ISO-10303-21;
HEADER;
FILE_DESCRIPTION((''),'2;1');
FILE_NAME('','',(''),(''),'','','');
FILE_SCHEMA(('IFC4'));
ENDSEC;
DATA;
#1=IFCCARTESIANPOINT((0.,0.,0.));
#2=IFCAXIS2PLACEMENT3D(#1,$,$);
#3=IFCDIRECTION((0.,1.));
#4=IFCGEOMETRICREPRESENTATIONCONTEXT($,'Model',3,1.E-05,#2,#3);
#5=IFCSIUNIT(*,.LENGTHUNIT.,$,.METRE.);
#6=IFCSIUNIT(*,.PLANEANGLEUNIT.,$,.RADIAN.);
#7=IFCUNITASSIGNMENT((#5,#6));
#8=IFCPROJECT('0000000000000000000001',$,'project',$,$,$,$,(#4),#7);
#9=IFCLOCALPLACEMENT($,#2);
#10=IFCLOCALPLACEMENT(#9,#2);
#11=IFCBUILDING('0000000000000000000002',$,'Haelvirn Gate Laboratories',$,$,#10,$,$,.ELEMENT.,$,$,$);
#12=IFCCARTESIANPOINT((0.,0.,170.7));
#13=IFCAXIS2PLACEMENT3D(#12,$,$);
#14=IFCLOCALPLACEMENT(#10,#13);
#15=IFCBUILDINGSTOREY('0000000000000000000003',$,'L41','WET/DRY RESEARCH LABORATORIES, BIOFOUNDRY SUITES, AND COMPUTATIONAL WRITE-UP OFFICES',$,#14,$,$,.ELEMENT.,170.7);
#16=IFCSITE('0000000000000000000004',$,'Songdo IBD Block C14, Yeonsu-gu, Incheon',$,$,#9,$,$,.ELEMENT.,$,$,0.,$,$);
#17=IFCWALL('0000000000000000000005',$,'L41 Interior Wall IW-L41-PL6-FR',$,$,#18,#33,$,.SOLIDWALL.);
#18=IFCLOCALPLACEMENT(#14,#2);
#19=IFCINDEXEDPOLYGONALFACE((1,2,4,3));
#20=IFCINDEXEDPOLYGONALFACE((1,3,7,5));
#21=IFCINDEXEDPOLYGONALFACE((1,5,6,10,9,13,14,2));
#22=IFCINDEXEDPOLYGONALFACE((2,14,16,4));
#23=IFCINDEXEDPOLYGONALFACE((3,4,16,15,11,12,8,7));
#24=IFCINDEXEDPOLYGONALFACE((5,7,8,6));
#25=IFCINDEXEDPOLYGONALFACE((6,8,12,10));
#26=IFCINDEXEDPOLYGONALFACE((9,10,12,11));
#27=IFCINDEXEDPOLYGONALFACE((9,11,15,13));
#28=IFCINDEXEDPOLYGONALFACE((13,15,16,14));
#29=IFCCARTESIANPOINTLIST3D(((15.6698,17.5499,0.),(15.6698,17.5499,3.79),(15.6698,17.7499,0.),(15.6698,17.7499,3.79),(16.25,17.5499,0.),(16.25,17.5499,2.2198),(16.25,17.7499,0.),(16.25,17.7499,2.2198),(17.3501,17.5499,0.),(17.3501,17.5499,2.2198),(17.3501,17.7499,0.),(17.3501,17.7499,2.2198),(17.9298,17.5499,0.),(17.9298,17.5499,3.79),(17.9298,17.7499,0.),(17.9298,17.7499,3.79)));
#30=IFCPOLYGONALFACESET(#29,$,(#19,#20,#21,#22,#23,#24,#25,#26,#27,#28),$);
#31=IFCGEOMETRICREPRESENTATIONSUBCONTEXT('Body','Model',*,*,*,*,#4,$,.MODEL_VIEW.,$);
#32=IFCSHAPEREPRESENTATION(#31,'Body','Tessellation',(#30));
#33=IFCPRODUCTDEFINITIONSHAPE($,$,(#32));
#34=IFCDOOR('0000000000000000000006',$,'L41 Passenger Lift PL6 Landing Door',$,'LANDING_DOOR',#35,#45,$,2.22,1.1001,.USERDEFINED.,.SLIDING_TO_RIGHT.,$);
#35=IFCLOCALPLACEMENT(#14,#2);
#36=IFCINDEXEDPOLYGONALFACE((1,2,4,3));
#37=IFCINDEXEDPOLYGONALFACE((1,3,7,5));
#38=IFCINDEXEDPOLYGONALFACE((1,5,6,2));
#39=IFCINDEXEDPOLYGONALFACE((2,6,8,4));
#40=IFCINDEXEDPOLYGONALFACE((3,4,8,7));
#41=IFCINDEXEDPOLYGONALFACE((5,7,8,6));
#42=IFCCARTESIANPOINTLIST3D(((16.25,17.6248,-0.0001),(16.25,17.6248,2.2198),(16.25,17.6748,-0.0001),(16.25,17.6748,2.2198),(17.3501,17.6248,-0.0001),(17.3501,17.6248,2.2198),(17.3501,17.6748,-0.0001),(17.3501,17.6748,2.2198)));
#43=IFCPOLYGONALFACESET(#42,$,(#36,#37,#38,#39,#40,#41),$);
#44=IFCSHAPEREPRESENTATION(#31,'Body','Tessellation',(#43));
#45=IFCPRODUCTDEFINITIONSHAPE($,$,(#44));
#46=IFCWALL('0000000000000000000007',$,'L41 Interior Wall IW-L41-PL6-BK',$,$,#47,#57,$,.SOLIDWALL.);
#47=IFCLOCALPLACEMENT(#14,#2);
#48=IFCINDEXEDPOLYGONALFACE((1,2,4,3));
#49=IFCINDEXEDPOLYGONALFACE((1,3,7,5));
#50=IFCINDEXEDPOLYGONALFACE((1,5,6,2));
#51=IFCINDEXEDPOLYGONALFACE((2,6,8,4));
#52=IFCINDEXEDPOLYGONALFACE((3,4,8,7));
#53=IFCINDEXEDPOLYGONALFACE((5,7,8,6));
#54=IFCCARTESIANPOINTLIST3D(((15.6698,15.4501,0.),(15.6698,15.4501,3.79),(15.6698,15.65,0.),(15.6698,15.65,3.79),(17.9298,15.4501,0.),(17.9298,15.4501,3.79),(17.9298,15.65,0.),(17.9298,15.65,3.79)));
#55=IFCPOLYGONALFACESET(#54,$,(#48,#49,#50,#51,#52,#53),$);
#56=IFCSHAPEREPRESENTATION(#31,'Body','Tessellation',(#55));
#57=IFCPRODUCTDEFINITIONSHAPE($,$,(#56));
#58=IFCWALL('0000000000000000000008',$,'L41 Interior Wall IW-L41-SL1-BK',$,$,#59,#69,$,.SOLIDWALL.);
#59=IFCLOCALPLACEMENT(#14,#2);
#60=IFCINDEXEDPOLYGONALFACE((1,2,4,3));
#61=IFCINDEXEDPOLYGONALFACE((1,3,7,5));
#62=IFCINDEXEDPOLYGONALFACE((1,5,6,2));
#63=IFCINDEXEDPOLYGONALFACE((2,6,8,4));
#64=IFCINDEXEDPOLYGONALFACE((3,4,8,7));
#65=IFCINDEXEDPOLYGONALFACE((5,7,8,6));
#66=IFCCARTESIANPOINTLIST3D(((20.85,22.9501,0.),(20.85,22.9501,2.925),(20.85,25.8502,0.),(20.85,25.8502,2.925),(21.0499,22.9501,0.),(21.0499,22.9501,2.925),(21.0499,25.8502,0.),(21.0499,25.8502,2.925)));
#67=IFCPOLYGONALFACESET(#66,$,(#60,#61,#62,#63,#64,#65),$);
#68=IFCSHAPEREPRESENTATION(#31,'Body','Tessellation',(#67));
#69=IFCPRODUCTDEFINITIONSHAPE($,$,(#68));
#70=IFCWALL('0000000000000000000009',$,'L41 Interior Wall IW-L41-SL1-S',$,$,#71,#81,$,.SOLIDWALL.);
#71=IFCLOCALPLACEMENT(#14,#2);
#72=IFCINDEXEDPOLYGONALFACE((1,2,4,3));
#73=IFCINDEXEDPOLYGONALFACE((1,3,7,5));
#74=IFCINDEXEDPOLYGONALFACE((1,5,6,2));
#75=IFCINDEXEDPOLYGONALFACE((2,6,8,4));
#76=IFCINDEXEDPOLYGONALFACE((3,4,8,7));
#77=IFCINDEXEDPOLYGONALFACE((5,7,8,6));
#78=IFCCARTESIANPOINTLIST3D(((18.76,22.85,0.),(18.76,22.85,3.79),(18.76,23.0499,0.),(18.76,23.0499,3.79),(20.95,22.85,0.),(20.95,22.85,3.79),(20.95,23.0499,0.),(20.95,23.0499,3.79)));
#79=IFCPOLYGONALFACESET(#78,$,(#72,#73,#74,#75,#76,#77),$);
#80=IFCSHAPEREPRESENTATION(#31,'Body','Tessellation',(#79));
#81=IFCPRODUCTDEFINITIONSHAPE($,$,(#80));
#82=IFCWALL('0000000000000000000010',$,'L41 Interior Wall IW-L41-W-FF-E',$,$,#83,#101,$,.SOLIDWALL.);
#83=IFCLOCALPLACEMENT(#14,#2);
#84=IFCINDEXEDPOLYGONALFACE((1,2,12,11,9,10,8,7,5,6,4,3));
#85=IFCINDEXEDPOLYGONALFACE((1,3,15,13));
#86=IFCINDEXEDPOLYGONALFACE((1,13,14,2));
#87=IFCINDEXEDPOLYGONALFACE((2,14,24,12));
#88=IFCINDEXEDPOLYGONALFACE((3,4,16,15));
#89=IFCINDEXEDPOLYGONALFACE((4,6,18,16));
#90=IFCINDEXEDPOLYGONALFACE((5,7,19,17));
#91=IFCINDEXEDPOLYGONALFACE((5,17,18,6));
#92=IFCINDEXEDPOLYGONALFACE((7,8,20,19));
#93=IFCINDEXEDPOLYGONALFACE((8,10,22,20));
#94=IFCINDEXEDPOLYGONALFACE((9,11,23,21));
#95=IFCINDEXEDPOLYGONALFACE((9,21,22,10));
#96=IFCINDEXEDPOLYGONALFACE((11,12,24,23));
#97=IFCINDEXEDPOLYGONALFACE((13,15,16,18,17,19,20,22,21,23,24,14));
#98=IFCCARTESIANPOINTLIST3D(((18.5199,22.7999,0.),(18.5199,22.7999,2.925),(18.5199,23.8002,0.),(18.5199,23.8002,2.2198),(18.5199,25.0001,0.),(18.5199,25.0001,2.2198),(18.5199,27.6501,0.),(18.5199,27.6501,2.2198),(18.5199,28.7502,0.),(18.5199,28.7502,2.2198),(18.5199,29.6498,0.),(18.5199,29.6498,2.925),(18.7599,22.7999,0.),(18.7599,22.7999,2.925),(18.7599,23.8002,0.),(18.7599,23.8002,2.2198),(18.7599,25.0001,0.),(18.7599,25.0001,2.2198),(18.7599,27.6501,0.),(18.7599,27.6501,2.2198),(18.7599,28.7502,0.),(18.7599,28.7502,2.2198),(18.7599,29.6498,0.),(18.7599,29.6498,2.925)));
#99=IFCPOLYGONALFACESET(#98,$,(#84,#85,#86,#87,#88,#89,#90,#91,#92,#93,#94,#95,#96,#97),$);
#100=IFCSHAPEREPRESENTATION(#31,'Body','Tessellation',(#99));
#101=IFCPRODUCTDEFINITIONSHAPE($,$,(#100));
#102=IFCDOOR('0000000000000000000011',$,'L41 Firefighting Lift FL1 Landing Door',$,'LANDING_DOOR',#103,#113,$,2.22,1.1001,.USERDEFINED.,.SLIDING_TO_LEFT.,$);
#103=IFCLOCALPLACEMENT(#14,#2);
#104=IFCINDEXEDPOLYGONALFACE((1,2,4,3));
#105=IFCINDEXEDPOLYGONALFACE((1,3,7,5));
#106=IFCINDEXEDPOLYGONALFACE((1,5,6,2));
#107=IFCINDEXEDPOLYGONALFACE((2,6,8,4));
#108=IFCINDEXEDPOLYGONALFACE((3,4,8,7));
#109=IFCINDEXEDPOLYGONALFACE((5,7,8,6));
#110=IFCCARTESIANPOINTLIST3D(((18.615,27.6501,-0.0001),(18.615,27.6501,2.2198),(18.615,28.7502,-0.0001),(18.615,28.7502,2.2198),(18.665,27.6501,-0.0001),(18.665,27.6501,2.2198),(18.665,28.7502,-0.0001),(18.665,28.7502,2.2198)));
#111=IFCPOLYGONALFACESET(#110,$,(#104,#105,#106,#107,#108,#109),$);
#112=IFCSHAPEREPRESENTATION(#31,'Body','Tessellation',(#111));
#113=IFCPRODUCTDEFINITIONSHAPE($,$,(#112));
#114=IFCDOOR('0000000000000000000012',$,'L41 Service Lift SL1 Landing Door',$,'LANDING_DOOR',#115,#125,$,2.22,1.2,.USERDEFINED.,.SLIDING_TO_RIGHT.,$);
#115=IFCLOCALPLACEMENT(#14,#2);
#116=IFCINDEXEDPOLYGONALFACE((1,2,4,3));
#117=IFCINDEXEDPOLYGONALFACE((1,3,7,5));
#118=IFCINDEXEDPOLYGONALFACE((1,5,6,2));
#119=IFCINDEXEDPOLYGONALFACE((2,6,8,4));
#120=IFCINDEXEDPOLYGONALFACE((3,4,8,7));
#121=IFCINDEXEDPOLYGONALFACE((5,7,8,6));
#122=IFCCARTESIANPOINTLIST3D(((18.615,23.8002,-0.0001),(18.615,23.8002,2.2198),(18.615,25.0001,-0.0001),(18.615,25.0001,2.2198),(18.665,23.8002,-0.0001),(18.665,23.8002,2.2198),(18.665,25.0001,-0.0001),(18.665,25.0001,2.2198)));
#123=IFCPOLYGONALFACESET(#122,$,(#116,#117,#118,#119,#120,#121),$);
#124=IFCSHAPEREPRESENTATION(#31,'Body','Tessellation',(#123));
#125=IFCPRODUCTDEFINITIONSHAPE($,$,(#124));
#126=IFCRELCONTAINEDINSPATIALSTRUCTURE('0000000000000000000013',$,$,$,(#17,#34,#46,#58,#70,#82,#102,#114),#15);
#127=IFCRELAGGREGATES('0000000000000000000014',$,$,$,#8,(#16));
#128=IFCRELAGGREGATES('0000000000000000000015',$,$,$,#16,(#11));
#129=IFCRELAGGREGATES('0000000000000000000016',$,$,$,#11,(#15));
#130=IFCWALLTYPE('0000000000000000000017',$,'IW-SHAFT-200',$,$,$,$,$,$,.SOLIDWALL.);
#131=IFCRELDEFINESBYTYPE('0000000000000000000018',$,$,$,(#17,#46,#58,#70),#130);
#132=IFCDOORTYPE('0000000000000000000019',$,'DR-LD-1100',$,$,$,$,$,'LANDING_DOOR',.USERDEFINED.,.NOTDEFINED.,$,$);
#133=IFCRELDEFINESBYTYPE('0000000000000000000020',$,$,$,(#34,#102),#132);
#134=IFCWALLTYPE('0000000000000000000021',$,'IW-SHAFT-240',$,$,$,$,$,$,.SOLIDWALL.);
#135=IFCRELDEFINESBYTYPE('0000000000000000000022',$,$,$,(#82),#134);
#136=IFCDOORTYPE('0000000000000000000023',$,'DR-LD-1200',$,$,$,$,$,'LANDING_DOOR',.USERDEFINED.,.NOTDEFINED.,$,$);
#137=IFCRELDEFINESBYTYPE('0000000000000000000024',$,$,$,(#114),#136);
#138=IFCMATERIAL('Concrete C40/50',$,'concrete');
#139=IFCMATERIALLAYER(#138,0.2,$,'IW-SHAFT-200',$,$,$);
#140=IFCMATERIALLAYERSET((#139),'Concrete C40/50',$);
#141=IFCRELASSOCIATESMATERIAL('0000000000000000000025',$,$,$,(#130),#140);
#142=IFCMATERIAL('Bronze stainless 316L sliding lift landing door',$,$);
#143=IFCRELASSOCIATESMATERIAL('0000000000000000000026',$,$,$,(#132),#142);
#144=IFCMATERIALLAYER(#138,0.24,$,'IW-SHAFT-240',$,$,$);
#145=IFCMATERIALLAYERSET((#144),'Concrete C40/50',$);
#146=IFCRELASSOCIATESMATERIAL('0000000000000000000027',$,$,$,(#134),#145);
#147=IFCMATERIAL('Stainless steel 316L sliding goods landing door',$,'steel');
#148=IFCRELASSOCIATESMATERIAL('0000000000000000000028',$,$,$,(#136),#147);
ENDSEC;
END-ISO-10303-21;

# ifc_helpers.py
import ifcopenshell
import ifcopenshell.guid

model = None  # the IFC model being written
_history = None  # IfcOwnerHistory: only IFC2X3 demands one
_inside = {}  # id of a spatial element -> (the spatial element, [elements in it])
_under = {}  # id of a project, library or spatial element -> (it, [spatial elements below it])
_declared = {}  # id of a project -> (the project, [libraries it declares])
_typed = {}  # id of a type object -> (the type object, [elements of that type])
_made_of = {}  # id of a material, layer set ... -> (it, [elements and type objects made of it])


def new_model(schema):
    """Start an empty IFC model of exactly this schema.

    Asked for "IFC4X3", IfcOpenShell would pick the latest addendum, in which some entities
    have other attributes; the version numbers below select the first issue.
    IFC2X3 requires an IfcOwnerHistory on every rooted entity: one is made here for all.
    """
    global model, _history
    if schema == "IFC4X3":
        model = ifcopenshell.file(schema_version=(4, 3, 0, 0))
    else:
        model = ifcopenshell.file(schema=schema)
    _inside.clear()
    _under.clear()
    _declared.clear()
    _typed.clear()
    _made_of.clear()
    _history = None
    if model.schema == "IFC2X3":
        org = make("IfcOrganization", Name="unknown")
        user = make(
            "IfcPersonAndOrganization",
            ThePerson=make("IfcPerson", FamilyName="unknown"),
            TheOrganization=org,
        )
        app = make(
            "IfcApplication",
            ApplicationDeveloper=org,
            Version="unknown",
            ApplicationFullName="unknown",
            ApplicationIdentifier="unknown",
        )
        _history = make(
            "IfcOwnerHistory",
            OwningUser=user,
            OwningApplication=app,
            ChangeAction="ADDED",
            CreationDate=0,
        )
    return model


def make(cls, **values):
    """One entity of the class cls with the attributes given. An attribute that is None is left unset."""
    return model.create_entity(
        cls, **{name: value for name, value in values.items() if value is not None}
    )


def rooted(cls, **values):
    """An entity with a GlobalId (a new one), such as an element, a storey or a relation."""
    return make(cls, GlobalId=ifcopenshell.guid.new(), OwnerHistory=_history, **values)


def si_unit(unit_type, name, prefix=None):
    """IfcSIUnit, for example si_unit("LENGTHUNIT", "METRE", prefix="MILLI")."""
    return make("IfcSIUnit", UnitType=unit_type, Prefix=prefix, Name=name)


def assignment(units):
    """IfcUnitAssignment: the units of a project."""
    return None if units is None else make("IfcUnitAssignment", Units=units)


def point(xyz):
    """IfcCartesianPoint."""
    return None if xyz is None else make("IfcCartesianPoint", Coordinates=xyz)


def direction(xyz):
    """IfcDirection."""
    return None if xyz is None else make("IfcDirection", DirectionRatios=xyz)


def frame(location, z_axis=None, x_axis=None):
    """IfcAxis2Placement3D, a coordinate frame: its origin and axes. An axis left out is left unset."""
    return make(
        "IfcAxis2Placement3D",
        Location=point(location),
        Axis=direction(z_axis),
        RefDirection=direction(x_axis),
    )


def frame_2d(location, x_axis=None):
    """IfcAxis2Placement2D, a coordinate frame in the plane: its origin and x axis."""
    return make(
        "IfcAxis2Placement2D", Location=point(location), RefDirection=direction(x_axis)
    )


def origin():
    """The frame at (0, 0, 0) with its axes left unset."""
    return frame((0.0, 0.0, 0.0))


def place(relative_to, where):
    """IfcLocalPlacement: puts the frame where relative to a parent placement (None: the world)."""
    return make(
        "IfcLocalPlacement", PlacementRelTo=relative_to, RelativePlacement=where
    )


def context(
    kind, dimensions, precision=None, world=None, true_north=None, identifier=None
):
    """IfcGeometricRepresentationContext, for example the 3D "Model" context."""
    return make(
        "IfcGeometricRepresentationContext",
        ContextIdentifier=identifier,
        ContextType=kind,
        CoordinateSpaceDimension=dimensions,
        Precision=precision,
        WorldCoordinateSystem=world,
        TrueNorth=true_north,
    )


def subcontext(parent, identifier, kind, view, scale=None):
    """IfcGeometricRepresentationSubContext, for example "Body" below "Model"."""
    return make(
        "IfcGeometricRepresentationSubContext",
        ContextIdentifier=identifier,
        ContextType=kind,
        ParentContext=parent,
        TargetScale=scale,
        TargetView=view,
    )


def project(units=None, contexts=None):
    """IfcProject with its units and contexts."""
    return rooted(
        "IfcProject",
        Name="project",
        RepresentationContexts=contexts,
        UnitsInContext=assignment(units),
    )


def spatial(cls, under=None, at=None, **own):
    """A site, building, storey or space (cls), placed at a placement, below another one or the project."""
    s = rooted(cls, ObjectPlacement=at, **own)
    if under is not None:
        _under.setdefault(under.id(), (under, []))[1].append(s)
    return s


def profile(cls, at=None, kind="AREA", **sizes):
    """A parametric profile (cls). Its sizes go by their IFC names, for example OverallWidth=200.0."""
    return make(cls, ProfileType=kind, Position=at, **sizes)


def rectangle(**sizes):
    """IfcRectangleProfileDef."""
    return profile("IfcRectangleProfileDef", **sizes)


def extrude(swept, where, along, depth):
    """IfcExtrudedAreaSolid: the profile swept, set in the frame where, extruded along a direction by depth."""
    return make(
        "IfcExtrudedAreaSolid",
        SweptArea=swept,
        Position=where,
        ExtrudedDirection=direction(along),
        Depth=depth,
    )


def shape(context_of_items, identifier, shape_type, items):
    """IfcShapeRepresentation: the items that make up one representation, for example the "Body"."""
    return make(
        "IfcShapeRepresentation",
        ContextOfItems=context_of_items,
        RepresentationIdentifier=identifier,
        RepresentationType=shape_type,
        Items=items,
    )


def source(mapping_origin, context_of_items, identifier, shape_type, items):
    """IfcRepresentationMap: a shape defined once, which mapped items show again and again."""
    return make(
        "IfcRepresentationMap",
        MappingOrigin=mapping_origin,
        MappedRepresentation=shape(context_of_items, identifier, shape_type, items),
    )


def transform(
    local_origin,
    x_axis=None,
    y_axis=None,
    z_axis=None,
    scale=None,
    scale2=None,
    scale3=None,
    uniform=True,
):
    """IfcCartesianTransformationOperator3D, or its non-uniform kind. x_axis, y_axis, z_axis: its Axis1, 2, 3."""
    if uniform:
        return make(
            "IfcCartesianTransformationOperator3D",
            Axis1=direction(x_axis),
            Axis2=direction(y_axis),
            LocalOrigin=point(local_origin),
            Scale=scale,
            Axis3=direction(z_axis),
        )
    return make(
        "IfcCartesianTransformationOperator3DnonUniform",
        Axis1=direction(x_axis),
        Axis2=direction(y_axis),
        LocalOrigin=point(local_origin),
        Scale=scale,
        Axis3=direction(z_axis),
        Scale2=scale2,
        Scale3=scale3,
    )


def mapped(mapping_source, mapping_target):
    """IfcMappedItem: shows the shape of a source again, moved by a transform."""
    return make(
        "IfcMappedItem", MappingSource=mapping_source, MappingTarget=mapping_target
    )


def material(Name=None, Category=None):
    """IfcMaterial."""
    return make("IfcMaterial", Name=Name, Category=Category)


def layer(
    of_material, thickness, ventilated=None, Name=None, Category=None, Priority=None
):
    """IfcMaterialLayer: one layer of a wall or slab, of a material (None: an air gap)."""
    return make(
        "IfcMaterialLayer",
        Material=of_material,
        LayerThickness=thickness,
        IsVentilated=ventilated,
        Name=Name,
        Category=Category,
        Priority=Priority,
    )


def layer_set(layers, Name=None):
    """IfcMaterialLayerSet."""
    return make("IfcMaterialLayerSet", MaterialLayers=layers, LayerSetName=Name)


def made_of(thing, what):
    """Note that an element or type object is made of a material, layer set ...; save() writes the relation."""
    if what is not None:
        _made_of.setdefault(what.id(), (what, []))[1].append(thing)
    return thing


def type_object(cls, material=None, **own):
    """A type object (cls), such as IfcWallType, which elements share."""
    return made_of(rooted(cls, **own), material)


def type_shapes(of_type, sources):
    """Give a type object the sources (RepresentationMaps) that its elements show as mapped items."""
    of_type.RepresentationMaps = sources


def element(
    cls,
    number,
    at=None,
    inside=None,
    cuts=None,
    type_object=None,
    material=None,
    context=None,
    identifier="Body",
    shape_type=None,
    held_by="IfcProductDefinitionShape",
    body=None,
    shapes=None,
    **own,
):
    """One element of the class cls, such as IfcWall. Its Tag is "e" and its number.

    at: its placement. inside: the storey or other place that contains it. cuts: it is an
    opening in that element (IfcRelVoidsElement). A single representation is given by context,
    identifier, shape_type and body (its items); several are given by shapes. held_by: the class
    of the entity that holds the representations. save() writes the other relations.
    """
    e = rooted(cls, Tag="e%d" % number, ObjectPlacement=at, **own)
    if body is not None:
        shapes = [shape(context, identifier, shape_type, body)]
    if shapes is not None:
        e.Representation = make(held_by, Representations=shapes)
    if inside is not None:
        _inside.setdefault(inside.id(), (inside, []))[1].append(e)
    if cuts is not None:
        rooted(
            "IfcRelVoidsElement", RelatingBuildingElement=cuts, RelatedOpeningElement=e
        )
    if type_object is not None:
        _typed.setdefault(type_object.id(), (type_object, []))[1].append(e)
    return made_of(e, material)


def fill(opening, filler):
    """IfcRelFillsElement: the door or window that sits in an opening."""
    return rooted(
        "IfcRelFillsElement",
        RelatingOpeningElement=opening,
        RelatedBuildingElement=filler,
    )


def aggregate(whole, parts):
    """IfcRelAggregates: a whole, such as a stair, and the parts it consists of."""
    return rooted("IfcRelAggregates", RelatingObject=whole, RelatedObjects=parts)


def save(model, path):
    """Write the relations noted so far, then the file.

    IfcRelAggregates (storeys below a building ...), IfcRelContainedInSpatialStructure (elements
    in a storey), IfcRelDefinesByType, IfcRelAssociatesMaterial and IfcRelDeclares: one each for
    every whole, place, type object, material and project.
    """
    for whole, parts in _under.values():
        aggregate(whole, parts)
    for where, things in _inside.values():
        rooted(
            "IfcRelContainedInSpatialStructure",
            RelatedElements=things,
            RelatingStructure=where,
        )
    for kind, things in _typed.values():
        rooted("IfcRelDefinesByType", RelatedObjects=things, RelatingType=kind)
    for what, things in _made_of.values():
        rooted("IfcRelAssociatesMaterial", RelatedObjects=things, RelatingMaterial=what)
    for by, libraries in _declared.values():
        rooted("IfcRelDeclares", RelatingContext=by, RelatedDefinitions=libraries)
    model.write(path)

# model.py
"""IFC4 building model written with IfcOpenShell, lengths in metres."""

from ifc_helpers import new_model, si_unit, direction, frame, frame_2d, origin, place, context, subcontext, project, spatial, rectangle, extrude, source, transform, mapped, material, layer, layer_set, type_object, type_shapes, element, fill, save


model = new_model("IFC4")

# Units and contexts
model_context = context("Model", 3, precision=1e-05, world=origin(), true_north=direction((0.0, 1.0)))
body_context = subcontext(model_context, "Body", "Model", "MODEL_VIEW")
ifc_project = project(units=[si_unit("LENGTHUNIT", "METRE"), si_unit("PLANEANGLEUNIT", "RADIAN")], contexts=[model_context])

# Site, building, storey
site_placement = place(None, origin())
site = spatial("IfcSite", under=ifc_project, at=site_placement, Name="Songdo IBD Block C14, Yeonsu-gu, Incheon", CompositionType="ELEMENT", RefElevation=0.0)
building_placement = place(site_placement, origin())
building = spatial("IfcBuilding", under=site, at=building_placement, Name="Haelvirn Gate Laboratories", CompositionType="ELEMENT")
storey_placement = place(building_placement, frame((0.0, 0.0, 170.7)))
storey = spatial("IfcBuildingStorey", under=building, at=storey_placement, Name="L41", Description="WET/DRY RESEARCH LABORATORIES, BIOFOUNDRY SUITES, AND COMPUTATIONAL WRITE-UP OFFICES", CompositionType="ELEMENT", Elevation=170.7)

# Shared definitions
ifc_material_1 = material(Name="Concrete C40/50", Category="concrete")

# Wall, opening, door
ifc_layer_1 = layer(ifc_material_1, 0.2, Name="IW-SHAFT-200")
ifc_layer_set_1 = layer_set([ifc_layer_1], Name="Concrete C40/50")
wall_type_1 = type_object("IfcWallType", Name="IW-SHAFT-200", PredefinedType="SOLIDWALL", material=ifc_layer_set_1)
wall_1_placement = place(storey_placement, frame((15.6699, 17.6499, 0.0), z_axis=(0.0, 0.0, 1.0), x_axis=(1.0, 0.0, 0.0)))
wall_1 = element("IfcWall", 1, at=wall_1_placement, inside=storey, type_object=wall_type_1, Name="L41 Interior Wall IW-L41-PL6-FR", PredefinedType="SOLIDWALL", context=body_context, shape_type="SweptSolid", body=[
    extrude(rectangle(XDim=2.26, YDim=0.2, at=frame_2d((1.1299, 0.0))), origin(), (0.0, 0.0, 1.0), 3.79),
])
opening_1_placement = place(wall_1_placement, frame((0.5801, 0.0, 0.0)))
opening_1 = element("IfcOpeningElement", 2, at=opening_1_placement, cuts=wall_1, PredefinedType="OPENING", context=body_context, shape_type="SweptSolid", body=[
    extrude(rectangle(XDim=1.1001, YDim=2.22, at=frame_2d((0.55, 1.1099))), frame((0.0, 0.1099, 0.0), z_axis=(0.0, -1.0, 0.0), x_axis=(1.0, 0.0, 0.0)), (0.0, 0.0, 1.0), 0.22),
])
ifc_material_2 = material(Name="Bronze stainless 316L sliding lift landing door")
door_type_1 = type_object("IfcDoorType", Name="DR-LD-1100", ElementType="LANDING_DOOR", OperationType="NOTDEFINED", PredefinedType="USERDEFINED", material=ifc_material_2)
shared_shape_1 = source(origin(), body_context, "Body", "SweptSolid", [
    extrude(rectangle(XDim=1.1001, YDim=2.22, at=frame_2d((0.55, 1.1099))), frame((0.0, 0.0249, 0.0), z_axis=(0.0, -1.0, 0.0), x_axis=(1.0, 0.0, 0.0)), (0.0, 0.0, 1.0), 0.05),
])
type_shapes(door_type_1, [shared_shape_1])
door_1_placement = place(opening_1_placement, origin())
door_1 = element("IfcDoor", 3, at=door_1_placement, inside=storey, type_object=door_type_1, Name="L41 Passenger Lift PL6 Landing Door", ObjectType="LANDING_DOOR", OperationType="SLIDING_TO_RIGHT", OverallHeight=2.22, OverallWidth=1.1001, PredefinedType="USERDEFINED", context=body_context, shape_type="MappedRepresentation", body=[
    mapped(shared_shape_1, transform((0.0, 0.0, 0.0), scale=1.0)),
])
fill(opening_1, door_1)

# Walls
wall_2_placement = place(storey_placement, frame((15.6699, 15.55, 0.0), z_axis=(0.0, 0.0, 1.0), x_axis=(1.0, 0.0, 0.0)))
element("IfcWall", 4, at=wall_2_placement, inside=storey, type_object=wall_type_1, Name="L41 Interior Wall IW-L41-PL6-BK", PredefinedType="SOLIDWALL", context=body_context, shape_type="SweptSolid", body=[
    extrude(rectangle(XDim=2.26, YDim=0.2, at=frame_2d((1.1299, 0.0))), origin(), (0.0, 0.0, 1.0), 3.79),
])
wall_3_placement = place(storey_placement, frame((20.95, 22.95, 0.0), z_axis=(0.0, 0.0, 1.0), x_axis=(0.0, 1.0, 0.0)))
element("IfcWall", 5, at=wall_3_placement, inside=storey, type_object=wall_type_1, Name="L41 Interior Wall IW-L41-SL1-BK", PredefinedType="SOLIDWALL", context=body_context, shape_type="SweptSolid", body=[
    extrude(rectangle(XDim=2.9001, YDim=0.2, at=frame_2d((1.4502, 0.0))), origin(), (0.0, 0.0, 1.0), 2.925),
])
wall_4_placement = place(storey_placement, frame((18.76, 22.95, 0.0), z_axis=(0.0, 0.0, 1.0), x_axis=(1.0, 0.0, 0.0)))
element("IfcWall", 6, at=wall_4_placement, inside=storey, type_object=wall_type_1, Name="L41 Interior Wall IW-L41-SL1-S", PredefinedType="SOLIDWALL", context=body_context, shape_type="SweptSolid", body=[
    extrude(rectangle(XDim=2.1899, YDim=0.2, at=frame_2d((1.095, 0.0))), origin(), (0.0, 0.0, 1.0), 3.79),
])

# Wall, openings, doors
ifc_layer_2 = layer(ifc_material_1, 0.24, Name="IW-SHAFT-240")
ifc_layer_set_2 = layer_set([ifc_layer_2], Name="Concrete C40/50")
wall_type_2 = type_object("IfcWallType", Name="IW-SHAFT-240", PredefinedType="SOLIDWALL", material=ifc_layer_set_2)
wall_5_placement = place(storey_placement, frame((18.6399, 22.8, 0.0), z_axis=(0.0, 0.0, 1.0), x_axis=(0.0, 1.0, 0.0)))
wall_5 = element("IfcWall", 7, at=wall_5_placement, inside=storey, type_object=wall_type_2, Name="L41 Interior Wall IW-L41-W-FF-E", PredefinedType="SOLIDWALL", context=body_context, shape_type="SweptSolid", body=[
    extrude(rectangle(XDim=6.8499, YDim=0.24, at=frame_2d((3.4248, 0.0))), origin(), (0.0, 0.0, 1.0), 2.925),
])
opening_2_placement = place(wall_5_placement, frame((4.8501, 0.0, 0.0)))
opening_2 = element("IfcOpeningElement", 8, at=opening_2_placement, cuts=wall_5, PredefinedType="OPENING", context=body_context, shape_type="SweptSolid", body=[
    extrude(rectangle(XDim=1.1001, YDim=2.22, at=frame_2d((0.55, 1.1099))), frame((0.0, 0.1299, 0.0), z_axis=(0.0, -1.0, 0.0), x_axis=(1.0, 0.0, 0.0)), (0.0, 0.0, 1.0), 0.26),
])
opening_3_placement = place(wall_5_placement, frame((1.0, 0.0, 0.0)))
opening_3 = element("IfcOpeningElement", 9, at=opening_3_placement, cuts=wall_5, PredefinedType="OPENING", context=body_context, shape_type="SweptSolid", body=[
    extrude(rectangle(XDim=1.2, YDim=2.22, at=frame_2d((0.6001, 1.1099))), frame((0.0, 0.1299, 0.0), z_axis=(0.0, -1.0, 0.0), x_axis=(1.0, 0.0, 0.0)), (0.0, 0.0, 1.0), 0.26),
])
door_2_placement = place(opening_2_placement, origin())
door_2 = element("IfcDoor", 10, at=door_2_placement, inside=storey, type_object=door_type_1, Name="L41 Firefighting Lift FL1 Landing Door", ObjectType="LANDING_DOOR", OperationType="SLIDING_TO_LEFT", OverallHeight=2.22, OverallWidth=1.1001, PredefinedType="USERDEFINED", context=body_context, shape_type="MappedRepresentation", body=[
    mapped(shared_shape_1, transform((0.0, 0.0, 0.0), scale=1.0)),
])
fill(opening_2, door_2)
ifc_material_3 = material(Name="Stainless steel 316L sliding goods landing door", Category="steel")
door_type_2 = type_object("IfcDoorType", Name="DR-LD-1200", ElementType="LANDING_DOOR", OperationType="NOTDEFINED", PredefinedType="USERDEFINED", material=ifc_material_3)
shared_shape_2 = source(origin(), body_context, "Body", "SweptSolid", [
    extrude(rectangle(XDim=1.2, YDim=2.22, at=frame_2d((0.6001, 1.1099))), frame((0.0, 0.0249, 0.0), z_axis=(0.0, -1.0, 0.0), x_axis=(1.0, 0.0, 0.0)), (0.0, 0.0, 1.0), 0.05),
])
type_shapes(door_type_2, [shared_shape_2])
door_3_placement = place(opening_3_placement, origin())
door_3 = element("IfcDoor", 11, at=door_3_placement, inside=storey, type_object=door_type_2, Name="L41 Service Lift SL1 Landing Door", ObjectType="LANDING_DOOR", OperationType="SLIDING_TO_RIGHT", OverallHeight=2.22, OverallWidth=1.2, PredefinedType="USERDEFINED", context=body_context, shape_type="MappedRepresentation", body=[
    mapped(shared_shape_2, transform((0.0, 0.0, 0.0), scale=1.0)),
])
fill(opening_3, door_3)

save(model, "model.ifc")
